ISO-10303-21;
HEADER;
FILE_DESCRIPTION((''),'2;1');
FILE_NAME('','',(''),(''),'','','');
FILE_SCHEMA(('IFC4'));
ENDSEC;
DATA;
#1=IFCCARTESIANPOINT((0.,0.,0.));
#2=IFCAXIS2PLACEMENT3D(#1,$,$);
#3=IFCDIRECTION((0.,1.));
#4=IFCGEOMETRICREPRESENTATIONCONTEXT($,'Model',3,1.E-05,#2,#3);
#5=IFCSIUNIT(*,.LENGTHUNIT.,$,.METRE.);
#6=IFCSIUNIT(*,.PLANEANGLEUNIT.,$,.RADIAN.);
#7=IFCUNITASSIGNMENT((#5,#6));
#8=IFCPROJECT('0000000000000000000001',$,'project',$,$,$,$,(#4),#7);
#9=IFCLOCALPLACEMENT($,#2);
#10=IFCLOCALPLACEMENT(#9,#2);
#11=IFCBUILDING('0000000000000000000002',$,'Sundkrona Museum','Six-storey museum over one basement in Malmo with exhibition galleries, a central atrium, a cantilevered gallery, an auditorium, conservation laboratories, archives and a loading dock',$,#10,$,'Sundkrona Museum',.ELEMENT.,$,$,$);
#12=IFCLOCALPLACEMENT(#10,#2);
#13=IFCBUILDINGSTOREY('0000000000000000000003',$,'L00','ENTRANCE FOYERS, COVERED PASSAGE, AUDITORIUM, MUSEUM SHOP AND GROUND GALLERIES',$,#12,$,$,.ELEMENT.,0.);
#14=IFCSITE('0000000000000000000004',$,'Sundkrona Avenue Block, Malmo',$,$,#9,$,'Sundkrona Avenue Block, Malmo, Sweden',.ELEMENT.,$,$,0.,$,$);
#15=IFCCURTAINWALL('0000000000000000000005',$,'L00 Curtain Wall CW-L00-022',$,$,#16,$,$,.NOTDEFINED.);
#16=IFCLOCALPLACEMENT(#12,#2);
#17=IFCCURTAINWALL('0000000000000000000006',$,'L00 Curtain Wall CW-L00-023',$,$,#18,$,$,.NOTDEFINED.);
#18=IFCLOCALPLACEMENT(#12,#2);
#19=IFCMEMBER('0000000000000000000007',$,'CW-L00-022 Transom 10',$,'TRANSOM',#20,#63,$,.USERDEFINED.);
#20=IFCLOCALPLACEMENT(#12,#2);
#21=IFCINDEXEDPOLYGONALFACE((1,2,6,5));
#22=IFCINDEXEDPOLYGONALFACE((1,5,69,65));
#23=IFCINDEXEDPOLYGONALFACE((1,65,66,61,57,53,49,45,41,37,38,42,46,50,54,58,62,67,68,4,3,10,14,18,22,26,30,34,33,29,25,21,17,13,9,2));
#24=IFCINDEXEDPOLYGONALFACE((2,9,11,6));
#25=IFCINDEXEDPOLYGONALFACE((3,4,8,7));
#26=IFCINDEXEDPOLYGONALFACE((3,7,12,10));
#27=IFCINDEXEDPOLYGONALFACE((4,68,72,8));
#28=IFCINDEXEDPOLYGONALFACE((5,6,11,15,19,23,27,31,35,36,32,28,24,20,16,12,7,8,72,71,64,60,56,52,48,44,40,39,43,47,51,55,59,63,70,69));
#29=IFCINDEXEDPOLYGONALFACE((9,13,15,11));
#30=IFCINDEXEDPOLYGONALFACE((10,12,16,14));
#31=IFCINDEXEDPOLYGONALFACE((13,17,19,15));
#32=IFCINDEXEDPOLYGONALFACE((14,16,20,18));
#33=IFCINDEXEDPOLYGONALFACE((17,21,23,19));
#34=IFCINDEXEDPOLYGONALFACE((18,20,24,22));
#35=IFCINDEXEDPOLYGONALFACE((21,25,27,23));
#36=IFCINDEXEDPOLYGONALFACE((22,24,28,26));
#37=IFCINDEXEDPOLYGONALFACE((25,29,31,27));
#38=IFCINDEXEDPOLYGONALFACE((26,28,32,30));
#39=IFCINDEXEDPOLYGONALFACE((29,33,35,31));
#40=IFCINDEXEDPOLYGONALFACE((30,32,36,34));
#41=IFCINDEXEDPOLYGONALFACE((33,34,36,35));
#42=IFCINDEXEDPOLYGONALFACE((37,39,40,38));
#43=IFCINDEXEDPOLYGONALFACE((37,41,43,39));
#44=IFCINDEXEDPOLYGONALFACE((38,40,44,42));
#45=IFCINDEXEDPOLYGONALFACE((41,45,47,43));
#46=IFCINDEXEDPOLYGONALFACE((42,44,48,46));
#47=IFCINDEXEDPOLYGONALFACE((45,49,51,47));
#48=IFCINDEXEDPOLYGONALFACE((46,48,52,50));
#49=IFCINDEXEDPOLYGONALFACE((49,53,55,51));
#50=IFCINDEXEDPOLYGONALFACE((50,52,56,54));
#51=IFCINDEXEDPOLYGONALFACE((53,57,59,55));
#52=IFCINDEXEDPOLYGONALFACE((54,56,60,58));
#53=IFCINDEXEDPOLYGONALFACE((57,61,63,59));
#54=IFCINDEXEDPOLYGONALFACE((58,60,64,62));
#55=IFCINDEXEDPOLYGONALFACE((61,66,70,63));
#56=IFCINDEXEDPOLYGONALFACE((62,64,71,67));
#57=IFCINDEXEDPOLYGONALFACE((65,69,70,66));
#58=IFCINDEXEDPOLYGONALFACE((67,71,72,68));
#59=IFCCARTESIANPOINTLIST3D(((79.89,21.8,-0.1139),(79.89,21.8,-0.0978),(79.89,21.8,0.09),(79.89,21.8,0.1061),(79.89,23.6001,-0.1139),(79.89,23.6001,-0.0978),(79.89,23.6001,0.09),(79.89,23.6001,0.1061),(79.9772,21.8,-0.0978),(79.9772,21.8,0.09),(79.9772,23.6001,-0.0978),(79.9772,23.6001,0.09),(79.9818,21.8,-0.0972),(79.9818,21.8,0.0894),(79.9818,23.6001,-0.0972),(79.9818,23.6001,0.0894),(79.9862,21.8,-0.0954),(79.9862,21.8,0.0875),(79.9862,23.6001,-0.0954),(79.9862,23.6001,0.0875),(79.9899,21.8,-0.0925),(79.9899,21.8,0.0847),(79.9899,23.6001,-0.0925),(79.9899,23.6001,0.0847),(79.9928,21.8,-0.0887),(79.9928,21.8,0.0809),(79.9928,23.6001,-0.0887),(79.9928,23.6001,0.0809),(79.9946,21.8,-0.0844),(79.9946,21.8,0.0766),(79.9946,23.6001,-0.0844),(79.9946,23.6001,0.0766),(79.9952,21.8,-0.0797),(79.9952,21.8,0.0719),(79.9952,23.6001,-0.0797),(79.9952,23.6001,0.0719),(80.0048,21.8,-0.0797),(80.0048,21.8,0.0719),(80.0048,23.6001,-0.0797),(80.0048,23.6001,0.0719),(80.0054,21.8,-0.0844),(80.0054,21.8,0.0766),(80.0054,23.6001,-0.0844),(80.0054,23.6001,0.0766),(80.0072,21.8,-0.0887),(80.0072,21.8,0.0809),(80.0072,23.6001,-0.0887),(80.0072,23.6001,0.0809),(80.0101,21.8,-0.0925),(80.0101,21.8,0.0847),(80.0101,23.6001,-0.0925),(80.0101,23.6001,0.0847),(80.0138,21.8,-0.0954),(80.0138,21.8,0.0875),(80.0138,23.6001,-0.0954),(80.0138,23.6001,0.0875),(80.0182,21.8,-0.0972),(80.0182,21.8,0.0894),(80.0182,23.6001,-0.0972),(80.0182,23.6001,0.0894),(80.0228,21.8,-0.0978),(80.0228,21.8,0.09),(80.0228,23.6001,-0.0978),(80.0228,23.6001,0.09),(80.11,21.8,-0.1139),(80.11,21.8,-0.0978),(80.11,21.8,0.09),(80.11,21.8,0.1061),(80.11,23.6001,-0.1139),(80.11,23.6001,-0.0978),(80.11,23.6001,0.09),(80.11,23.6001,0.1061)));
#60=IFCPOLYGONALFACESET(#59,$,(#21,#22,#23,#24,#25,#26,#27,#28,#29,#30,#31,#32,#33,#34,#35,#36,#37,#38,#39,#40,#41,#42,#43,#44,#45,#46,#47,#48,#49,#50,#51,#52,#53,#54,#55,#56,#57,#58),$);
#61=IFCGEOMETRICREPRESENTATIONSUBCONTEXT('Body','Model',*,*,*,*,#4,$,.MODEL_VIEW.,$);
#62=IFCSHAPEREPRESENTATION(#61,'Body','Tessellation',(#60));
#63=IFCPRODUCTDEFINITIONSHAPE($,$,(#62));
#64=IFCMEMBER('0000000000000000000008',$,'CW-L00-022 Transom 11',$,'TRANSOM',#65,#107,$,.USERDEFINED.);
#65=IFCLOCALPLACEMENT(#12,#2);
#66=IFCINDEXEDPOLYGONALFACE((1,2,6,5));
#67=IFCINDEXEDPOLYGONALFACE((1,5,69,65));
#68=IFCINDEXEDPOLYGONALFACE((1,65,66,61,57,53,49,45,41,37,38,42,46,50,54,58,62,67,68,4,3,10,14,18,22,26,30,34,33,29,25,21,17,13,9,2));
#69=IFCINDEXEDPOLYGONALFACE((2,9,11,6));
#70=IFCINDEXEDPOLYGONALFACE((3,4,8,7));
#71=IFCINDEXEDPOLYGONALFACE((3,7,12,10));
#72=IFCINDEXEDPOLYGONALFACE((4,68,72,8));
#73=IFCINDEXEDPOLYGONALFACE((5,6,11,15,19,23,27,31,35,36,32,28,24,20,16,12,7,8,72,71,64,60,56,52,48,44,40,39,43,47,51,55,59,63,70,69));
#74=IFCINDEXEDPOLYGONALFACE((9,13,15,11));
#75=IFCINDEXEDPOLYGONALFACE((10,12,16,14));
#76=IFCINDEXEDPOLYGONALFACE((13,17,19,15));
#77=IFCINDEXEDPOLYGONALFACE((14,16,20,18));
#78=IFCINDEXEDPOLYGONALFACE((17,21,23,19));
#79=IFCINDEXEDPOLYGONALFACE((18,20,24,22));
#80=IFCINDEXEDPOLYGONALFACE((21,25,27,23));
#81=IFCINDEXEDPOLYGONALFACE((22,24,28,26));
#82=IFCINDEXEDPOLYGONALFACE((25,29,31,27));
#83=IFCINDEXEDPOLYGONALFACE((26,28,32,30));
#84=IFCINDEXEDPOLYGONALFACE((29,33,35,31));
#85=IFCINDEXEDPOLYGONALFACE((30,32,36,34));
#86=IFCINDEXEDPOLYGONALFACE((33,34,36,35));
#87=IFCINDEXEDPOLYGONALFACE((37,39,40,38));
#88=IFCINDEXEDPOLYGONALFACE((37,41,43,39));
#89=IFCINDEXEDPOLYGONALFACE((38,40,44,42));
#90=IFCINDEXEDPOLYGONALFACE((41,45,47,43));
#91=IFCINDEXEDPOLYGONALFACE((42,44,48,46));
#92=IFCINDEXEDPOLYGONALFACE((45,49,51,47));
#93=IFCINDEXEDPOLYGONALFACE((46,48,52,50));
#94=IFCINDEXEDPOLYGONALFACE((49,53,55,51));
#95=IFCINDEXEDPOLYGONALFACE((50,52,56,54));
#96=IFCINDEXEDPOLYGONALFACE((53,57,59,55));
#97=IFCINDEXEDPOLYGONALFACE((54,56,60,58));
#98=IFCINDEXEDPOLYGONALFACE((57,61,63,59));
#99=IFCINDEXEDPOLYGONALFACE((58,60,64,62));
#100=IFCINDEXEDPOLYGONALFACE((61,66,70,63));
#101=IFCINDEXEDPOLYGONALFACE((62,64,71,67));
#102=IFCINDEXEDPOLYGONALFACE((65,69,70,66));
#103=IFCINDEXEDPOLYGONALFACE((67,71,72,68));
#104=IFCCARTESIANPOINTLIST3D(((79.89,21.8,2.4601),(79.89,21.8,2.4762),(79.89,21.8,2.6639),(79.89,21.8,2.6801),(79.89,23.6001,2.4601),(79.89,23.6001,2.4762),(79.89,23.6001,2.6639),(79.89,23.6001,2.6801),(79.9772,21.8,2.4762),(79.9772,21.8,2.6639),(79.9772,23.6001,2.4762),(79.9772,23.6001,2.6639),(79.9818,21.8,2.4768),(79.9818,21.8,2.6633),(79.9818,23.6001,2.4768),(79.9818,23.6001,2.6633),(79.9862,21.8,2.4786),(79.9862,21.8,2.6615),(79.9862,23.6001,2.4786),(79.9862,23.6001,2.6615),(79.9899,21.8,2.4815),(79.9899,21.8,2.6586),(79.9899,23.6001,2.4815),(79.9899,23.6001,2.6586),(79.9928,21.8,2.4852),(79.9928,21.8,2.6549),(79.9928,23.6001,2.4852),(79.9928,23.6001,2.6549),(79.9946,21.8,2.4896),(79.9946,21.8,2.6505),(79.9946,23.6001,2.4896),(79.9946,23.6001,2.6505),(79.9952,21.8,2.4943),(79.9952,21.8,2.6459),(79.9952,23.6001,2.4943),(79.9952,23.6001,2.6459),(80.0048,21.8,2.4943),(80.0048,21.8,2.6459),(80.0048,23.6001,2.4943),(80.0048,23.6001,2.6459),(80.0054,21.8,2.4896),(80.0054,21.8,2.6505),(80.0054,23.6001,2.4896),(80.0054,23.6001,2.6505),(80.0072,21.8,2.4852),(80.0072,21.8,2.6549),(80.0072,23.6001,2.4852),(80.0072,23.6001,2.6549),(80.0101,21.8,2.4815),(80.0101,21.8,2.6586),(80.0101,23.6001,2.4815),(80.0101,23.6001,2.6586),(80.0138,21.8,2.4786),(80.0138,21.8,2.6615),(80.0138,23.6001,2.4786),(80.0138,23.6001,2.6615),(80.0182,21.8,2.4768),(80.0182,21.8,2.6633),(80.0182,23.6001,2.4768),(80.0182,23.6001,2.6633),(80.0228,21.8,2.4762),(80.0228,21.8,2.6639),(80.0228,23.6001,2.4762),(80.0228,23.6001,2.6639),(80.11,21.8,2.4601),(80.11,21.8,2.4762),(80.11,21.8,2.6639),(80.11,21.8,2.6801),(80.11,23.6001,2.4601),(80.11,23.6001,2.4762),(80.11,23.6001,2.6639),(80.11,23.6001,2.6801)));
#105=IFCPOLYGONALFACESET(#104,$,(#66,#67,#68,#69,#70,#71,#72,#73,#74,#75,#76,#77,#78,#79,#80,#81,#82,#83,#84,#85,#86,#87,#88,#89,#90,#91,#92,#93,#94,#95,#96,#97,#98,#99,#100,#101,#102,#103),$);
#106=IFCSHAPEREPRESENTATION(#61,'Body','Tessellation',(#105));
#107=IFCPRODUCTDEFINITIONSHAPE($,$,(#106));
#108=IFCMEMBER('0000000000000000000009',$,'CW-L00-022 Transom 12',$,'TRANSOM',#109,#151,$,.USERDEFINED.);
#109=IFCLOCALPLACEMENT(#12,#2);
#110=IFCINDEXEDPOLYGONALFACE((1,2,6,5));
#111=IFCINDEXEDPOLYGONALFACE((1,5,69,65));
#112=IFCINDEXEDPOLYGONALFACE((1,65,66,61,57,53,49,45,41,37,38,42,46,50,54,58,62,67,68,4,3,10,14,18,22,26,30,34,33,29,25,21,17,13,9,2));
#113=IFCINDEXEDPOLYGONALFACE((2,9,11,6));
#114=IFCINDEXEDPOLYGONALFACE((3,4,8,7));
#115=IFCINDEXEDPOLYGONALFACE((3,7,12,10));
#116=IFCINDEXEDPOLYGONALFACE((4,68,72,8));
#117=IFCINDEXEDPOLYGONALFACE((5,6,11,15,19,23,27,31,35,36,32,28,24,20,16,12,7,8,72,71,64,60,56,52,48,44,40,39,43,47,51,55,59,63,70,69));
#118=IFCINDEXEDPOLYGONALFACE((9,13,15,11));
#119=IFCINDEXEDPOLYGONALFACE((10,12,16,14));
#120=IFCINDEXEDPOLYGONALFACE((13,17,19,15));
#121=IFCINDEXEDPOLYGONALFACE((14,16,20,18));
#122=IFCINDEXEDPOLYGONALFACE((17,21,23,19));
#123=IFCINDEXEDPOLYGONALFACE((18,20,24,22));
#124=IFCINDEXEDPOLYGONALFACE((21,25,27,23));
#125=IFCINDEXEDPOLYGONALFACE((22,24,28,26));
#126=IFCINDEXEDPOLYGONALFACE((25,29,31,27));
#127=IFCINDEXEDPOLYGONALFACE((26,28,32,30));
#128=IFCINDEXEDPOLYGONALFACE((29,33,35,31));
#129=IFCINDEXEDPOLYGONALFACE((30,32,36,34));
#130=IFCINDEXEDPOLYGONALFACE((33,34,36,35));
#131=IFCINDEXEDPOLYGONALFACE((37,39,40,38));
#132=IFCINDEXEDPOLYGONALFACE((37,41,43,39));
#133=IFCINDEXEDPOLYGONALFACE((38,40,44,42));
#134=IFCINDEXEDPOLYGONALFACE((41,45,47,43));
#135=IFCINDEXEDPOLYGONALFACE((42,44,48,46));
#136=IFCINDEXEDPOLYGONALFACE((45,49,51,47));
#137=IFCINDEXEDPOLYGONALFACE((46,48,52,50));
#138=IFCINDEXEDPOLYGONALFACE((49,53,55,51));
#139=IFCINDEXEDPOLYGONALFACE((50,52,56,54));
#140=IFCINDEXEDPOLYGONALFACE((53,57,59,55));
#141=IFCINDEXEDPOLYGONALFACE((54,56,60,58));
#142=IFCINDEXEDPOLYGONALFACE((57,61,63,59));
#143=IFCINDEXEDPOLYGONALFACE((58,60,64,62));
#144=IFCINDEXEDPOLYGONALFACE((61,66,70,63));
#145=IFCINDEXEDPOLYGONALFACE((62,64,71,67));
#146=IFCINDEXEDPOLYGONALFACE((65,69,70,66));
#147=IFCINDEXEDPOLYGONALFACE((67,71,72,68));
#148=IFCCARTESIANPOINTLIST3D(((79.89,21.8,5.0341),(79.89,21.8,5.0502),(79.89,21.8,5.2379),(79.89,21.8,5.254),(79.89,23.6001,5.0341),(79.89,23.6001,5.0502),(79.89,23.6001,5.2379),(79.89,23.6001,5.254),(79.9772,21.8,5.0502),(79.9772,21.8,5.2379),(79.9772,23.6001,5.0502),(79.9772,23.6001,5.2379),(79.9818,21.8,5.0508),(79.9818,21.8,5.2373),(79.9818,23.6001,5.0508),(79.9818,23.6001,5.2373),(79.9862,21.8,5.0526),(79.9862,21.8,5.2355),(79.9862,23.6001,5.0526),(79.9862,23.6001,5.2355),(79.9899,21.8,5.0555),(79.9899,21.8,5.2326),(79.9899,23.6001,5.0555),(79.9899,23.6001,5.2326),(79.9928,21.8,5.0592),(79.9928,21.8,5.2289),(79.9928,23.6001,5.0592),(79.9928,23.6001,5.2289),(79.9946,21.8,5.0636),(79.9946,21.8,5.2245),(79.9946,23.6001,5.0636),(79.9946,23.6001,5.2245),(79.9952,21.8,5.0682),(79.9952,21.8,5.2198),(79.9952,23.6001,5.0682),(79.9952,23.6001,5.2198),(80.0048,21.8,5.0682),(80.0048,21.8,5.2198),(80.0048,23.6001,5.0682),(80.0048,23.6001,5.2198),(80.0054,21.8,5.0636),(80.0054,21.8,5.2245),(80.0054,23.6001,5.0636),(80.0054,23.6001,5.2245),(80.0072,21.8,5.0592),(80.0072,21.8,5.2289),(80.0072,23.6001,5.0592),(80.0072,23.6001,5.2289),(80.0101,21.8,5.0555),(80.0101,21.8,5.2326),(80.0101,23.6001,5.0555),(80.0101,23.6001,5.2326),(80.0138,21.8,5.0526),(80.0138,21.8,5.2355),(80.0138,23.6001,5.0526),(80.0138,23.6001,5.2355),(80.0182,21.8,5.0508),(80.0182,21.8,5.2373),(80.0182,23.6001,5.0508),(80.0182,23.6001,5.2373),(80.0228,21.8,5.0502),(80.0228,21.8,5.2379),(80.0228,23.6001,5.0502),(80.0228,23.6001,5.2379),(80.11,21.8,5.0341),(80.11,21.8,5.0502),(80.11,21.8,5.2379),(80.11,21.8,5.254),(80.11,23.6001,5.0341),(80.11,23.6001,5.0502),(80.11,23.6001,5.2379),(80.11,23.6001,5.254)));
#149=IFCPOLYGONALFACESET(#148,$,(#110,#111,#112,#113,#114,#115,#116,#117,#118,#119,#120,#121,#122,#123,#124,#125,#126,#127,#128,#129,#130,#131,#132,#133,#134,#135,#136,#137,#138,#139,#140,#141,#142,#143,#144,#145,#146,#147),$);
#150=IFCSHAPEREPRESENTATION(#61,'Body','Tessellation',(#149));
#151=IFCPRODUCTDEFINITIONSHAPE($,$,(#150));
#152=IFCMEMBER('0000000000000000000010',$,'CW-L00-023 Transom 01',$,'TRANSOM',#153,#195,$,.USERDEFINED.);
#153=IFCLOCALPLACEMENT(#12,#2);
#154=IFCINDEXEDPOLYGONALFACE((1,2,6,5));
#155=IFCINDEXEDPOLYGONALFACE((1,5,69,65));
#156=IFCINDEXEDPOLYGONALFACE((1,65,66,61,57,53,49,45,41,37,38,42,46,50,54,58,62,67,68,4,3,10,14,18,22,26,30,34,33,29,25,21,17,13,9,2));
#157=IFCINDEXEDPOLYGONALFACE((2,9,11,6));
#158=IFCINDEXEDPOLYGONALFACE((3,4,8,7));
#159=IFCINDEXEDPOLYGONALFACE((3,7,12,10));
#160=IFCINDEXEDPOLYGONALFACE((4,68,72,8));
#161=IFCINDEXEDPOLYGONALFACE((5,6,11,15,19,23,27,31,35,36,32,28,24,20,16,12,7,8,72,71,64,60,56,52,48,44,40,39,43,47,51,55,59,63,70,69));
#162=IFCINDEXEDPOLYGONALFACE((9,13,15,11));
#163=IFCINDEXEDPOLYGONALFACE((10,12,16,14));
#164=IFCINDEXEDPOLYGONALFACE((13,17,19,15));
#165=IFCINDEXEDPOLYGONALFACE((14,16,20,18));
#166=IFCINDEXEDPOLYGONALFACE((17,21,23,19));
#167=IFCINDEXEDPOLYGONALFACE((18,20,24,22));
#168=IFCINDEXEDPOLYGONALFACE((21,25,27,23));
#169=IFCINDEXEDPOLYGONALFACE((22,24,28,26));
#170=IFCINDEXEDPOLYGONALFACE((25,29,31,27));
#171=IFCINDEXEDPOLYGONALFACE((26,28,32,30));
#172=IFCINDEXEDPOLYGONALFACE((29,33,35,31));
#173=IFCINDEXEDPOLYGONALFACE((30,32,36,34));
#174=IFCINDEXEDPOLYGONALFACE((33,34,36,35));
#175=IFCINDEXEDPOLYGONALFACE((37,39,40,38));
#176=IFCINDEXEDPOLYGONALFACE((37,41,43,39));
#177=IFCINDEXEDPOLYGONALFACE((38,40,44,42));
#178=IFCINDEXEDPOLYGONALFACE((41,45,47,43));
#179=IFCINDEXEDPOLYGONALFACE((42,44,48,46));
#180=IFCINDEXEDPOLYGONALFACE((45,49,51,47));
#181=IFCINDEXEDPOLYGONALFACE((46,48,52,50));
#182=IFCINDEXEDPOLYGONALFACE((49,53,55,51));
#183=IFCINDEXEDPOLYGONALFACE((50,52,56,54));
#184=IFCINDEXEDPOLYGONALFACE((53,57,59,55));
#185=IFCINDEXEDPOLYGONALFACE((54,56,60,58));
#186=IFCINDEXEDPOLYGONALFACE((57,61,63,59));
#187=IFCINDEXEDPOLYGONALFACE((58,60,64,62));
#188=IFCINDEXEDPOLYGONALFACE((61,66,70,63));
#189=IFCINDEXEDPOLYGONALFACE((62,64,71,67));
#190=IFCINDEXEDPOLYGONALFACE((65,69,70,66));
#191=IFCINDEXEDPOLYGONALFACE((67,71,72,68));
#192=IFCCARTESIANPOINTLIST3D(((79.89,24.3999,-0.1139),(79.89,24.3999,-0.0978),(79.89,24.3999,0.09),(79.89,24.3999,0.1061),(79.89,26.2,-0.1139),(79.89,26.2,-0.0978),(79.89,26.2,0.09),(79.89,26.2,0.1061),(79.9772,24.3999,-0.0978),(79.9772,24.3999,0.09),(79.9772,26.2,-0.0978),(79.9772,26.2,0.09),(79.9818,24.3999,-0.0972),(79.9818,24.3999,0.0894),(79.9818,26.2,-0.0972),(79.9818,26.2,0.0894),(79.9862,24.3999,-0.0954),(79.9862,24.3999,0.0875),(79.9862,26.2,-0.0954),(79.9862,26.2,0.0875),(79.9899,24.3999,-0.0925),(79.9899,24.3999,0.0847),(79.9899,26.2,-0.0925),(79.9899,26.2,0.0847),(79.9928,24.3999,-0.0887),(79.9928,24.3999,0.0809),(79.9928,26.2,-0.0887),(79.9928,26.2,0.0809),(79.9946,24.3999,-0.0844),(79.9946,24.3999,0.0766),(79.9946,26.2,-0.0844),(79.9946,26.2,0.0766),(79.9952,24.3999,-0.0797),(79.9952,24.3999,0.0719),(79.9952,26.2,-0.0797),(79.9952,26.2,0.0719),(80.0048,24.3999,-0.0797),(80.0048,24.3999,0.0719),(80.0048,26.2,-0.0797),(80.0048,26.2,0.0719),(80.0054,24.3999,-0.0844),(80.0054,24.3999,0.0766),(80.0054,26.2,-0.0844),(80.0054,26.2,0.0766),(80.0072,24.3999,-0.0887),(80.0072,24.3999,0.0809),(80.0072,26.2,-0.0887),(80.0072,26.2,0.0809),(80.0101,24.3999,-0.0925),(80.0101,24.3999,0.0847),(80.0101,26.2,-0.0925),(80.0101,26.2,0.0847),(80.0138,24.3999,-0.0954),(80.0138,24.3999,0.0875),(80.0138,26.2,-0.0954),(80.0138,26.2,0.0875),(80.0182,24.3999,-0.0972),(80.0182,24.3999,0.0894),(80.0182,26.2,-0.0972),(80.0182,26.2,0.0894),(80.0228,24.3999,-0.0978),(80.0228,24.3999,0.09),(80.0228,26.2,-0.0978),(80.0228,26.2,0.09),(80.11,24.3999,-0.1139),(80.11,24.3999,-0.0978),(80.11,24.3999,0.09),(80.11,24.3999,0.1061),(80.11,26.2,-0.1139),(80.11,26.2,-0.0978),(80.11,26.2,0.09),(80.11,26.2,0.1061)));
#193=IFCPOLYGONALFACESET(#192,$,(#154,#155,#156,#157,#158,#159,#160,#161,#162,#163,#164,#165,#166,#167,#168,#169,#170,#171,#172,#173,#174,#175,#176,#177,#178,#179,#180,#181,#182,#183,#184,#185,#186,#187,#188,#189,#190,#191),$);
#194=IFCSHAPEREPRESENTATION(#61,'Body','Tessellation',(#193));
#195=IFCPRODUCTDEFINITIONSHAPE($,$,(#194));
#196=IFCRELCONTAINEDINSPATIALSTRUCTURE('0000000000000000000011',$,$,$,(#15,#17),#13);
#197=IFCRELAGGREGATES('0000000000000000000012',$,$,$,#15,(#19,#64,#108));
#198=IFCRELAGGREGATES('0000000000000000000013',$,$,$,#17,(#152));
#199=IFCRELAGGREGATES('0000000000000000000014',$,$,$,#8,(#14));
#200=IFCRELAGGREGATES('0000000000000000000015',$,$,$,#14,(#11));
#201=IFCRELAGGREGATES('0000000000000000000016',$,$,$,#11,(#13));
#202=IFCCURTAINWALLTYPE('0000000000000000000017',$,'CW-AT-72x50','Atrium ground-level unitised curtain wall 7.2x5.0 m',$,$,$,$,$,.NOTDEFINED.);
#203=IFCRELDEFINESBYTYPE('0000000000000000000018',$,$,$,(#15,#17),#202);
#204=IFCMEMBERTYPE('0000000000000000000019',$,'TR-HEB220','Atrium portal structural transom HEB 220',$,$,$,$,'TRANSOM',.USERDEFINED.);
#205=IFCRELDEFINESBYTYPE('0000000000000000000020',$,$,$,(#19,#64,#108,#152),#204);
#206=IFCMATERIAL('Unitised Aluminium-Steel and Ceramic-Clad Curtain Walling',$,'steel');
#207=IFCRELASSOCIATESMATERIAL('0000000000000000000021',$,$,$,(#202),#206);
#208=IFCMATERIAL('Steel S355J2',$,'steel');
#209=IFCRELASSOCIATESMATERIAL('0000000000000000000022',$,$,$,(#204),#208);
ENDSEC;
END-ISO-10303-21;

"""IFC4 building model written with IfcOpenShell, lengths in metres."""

from ifc_helpers import new_model, si_unit, direction, frame, origin, origin_2d, place, context, subcontext, project, spatial, i_section, extrude, material, material_profile, profile_set, type_object, element, aggregate, save


model = new_model("IFC4")

# Units and contexts
model_context = context("Model", 3, precision=1e-05, world=origin(), true_north=direction((0.0, 1.0)))
body_context = subcontext(model_context, "Body", "Model", "MODEL_VIEW")
ifc_project = project(units=[si_unit("LENGTHUNIT", "METRE"), si_unit("PLANEANGLEUNIT", "RADIAN")], contexts=[model_context])

# Site, building, storey
site_placement = place(None, origin())
site = spatial("IfcSite", under=ifc_project, at=site_placement, Name="Sundkrona Avenue Block, Malmo", LongName="Sundkrona Avenue Block, Malmo, Sweden", CompositionType="ELEMENT", RefElevation=0.0)
building_placement = place(site_placement, origin())
building = spatial("IfcBuilding", under=site, at=building_placement, Name="Sundkrona Museum", Description="Six-storey museum over one basement in Malmo with exhibition galleries, a central atrium, a cantilevered gallery, an auditorium, conservation laboratories, archives and a loading dock", LongName="Sundkrona Museum", CompositionType="ELEMENT")
storey_placement = place(building_placement, origin())
storey = spatial("IfcBuildingStorey", under=building, at=storey_placement, Name="L00", Description="ENTRANCE FOYERS, COVERED PASSAGE, AUDITORIUM, MUSEUM SHOP AND GROUND GALLERIES", CompositionType="ELEMENT", Elevation=0.0)

# Shared definitions
ifc_material_1 = material(Name="Steel S355J2", Category="steel")

# Curtain walls
ifc_material_2 = material(Name="Unitised Aluminium-Steel and Ceramic-Clad Curtain Walling", Category="steel")
curtain_wall_type = type_object("IfcCurtainWallType", Name="CW-AT-72x50", Description="Atrium ground-level unitised curtain wall 7.2x5.0 m", PredefinedType="NOTDEFINED", material=ifc_material_2)
curtain_wall_1_placement = place(storey_placement, origin())
curtain_wall_1 = element("IfcCurtainWall", 1, at=curtain_wall_1_placement, inside=storey, type_object=curtain_wall_type, Name="L00 Curtain Wall CW-L00-022", PredefinedType="NOTDEFINED")
curtain_wall_2_placement = place(storey_placement, origin())
curtain_wall_2 = element("IfcCurtainWall", 2, at=curtain_wall_2_placement, inside=storey, type_object=curtain_wall_type, Name="L00 Curtain Wall CW-L00-023", PredefinedType="NOTDEFINED")

# Members
ifc_material_profile_1 = material_profile(ifc_material_1, i_section(OverallWidth=0.22, OverallDepth=0.22, WebThickness=0.0095, FlangeThickness=0.0161, FilletRadius=0.0181, at=origin_2d()), Name="HEB 220")
ifc_profile_set_1 = profile_set([ifc_material_profile_1], Name="Steel S355J2")
member_type_1 = type_object("IfcMemberType", Name="TR-HEB220", Description="Atrium portal structural transom HEB 220", ElementType="TRANSOM", PredefinedType="USERDEFINED", material=ifc_profile_set_1)
member_1_placement = place(storey_placement, frame((80.0, 21.8, -0.0039), z_axis=(0.0, 1.0, 0.0), x_axis=(-1.0, 0.0, 0.0)))
member_1 = element("IfcMember", 3, at=member_1_placement, type_object=member_type_1, Name="CW-L00-022 Transom 10", ObjectType="TRANSOM", PredefinedType="USERDEFINED", context=body_context, shape_type="SweptSolid", body=[
    extrude(i_section(OverallWidth=0.22, OverallDepth=0.22, WebThickness=0.0095, FlangeThickness=0.0161, FilletRadius=0.0181, at=origin_2d()), origin(), (0.0, 0.0, 1.0), 1.8),
])
member_2_placement = place(storey_placement, frame((80.0, 21.8, 2.5701), z_axis=(0.0, 1.0, 0.0), x_axis=(-1.0, 0.0, 0.0)))
member_2 = element("IfcMember", 4, at=member_2_placement, type_object=member_type_1, Name="CW-L00-022 Transom 11", ObjectType="TRANSOM", PredefinedType="USERDEFINED", context=body_context, shape_type="SweptSolid", body=[
    extrude(i_section(OverallWidth=0.22, OverallDepth=0.22, WebThickness=0.0095, FlangeThickness=0.0161, FilletRadius=0.0181, at=origin_2d()), origin(), (0.0, 0.0, 1.0), 1.8),
])
member_3_placement = place(storey_placement, frame((80.0, 21.8, 5.144), z_axis=(0.0, 1.0, 0.0), x_axis=(-1.0, 0.0, 0.0)))
member_3 = element("IfcMember", 5, at=member_3_placement, type_object=member_type_1, Name="CW-L00-022 Transom 12", ObjectType="TRANSOM", PredefinedType="USERDEFINED", context=body_context, shape_type="SweptSolid", body=[
    extrude(i_section(OverallWidth=0.22, OverallDepth=0.22, WebThickness=0.0095, FlangeThickness=0.0161, FilletRadius=0.0181, at=origin_2d()), origin(), (0.0, 0.0, 1.0), 1.8),
])
member_4_placement = place(storey_placement, frame((80.0, 24.3999, -0.0039), z_axis=(0.0, 1.0, 0.0), x_axis=(-1.0, 0.0, 0.0)))
member_4 = element("IfcMember", 6, at=member_4_placement, type_object=member_type_1, Name="CW-L00-023 Transom 01", ObjectType="TRANSOM", PredefinedType="USERDEFINED", context=body_context, shape_type="SweptSolid", body=[
    extrude(i_section(OverallWidth=0.22, OverallDepth=0.22, WebThickness=0.0095, FlangeThickness=0.0161, FilletRadius=0.0181, at=origin_2d()), origin(), (0.0, 0.0, 1.0), 1.8),
])

aggregate(curtain_wall_1, [member_1, member_2, member_3])
aggregate(curtain_wall_2, [member_4])

save(model, "model.ifc")
